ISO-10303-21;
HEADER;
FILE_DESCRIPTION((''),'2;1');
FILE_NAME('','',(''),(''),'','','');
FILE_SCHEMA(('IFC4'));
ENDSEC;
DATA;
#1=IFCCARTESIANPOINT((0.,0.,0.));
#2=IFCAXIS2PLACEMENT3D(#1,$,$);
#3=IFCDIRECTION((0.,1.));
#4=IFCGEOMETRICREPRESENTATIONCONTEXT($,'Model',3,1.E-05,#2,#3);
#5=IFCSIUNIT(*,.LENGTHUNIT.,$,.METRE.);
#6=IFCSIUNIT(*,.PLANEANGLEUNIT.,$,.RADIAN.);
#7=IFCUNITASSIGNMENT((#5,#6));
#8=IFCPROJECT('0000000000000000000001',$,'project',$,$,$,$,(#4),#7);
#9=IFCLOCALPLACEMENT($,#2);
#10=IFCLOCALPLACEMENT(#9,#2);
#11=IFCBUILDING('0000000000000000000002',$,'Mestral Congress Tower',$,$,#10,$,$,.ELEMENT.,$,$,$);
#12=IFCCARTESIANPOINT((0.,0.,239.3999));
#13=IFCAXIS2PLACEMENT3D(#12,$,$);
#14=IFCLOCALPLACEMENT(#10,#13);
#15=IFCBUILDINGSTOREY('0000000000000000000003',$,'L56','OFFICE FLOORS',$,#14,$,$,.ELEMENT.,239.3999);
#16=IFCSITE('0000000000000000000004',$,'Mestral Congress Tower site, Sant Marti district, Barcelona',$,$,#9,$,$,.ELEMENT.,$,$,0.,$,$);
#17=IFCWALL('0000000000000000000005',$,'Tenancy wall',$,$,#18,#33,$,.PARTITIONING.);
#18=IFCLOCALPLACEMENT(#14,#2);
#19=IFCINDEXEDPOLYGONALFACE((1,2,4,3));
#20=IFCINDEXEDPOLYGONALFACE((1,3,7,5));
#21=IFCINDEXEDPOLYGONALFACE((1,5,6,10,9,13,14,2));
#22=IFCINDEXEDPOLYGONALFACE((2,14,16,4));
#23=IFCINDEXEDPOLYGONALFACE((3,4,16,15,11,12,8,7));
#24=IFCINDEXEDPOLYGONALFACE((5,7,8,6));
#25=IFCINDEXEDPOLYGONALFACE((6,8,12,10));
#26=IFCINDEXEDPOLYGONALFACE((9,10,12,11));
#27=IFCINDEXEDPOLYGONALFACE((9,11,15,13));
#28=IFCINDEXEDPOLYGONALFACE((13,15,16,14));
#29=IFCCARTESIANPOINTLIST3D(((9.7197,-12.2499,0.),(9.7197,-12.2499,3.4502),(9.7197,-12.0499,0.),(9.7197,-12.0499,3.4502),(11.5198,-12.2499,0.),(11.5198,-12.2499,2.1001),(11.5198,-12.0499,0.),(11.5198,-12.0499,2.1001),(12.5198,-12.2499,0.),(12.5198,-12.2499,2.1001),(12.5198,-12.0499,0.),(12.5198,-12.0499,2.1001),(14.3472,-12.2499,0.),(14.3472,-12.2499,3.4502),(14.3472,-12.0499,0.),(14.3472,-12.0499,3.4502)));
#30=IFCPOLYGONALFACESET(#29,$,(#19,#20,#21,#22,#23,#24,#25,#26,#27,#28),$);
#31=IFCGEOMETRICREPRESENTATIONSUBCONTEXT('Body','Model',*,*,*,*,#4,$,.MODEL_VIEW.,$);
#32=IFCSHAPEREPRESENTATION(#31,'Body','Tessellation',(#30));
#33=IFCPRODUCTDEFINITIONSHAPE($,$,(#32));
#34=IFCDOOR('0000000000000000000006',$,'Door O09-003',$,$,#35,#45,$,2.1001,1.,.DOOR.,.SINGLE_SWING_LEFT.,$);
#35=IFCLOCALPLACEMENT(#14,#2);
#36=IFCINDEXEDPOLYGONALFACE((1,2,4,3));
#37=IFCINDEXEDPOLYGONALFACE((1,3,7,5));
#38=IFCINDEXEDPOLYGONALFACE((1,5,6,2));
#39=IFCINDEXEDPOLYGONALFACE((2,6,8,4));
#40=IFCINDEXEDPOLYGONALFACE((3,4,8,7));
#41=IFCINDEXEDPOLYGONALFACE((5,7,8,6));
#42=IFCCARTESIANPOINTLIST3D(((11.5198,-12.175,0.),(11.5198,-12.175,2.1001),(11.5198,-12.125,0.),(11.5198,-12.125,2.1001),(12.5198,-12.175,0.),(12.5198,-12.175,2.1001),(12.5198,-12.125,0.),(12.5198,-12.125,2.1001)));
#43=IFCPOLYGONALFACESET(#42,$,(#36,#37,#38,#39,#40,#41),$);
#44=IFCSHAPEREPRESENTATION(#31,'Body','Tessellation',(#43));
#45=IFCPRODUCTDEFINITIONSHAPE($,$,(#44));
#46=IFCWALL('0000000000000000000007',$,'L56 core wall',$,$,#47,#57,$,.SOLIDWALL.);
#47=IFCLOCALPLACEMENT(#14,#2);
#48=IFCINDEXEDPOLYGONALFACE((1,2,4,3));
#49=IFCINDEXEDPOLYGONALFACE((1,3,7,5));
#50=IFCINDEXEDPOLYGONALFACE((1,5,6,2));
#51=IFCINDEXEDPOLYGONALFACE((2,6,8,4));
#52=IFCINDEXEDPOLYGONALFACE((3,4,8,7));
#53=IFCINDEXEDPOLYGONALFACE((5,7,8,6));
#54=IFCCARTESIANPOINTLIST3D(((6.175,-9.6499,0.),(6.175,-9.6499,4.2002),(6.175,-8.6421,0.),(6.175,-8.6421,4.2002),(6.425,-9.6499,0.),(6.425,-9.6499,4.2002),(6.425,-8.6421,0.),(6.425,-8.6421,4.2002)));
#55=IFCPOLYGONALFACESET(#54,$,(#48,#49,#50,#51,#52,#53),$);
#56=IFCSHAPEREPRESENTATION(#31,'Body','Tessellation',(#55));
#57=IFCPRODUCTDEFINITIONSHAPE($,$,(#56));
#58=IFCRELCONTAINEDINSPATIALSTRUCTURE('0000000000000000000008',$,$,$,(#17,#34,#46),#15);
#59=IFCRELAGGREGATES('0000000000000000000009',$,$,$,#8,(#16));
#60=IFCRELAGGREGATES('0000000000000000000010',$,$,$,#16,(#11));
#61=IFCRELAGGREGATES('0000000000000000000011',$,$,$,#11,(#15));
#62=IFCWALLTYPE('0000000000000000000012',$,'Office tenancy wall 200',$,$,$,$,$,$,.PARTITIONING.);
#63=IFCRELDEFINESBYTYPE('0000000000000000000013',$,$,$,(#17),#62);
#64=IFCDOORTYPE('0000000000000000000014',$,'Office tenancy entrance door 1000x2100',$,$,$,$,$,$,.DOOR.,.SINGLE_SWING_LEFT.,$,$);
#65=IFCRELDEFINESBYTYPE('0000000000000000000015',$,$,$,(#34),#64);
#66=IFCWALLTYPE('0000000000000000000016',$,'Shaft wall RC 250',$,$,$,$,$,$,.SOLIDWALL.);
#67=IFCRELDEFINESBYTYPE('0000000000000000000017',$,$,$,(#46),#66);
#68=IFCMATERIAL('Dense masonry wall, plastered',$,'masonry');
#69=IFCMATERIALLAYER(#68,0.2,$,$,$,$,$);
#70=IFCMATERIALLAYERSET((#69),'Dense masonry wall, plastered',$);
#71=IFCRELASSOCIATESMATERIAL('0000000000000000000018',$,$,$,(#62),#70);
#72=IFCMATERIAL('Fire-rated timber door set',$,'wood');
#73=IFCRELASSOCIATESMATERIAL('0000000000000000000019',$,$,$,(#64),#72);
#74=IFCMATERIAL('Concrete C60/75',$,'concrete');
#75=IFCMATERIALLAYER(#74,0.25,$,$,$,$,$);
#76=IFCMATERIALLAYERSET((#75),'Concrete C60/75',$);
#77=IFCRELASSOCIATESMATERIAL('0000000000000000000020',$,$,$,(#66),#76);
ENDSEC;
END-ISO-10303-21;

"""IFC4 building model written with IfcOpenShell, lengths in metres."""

from ifc_helpers import new_model, si_unit, direction, frame, frame_2d, origin, place, context, subcontext, project, spatial, rectangle, extrude, material, layer, layer_set, type_object, element, fill, save


model = new_model("IFC4")

# Units and contexts
model_context = context("Model", 3, precision=1e-05, world=origin(), true_north=direction((0.0, 1.0)))
body_context = subcontext(model_context, "Body", "Model", "MODEL_VIEW")
ifc_project = project(units=[si_unit("LENGTHUNIT", "METRE"), si_unit("PLANEANGLEUNIT", "RADIAN")], contexts=[model_context])

# Site, building, storey
site_placement = place(None, origin())
site = spatial("IfcSite", under=ifc_project, at=site_placement, Name="Mestral Congress Tower site, Sant Marti district, Barcelona", CompositionType="ELEMENT", RefElevation=0.0)
building_placement = place(site_placement, origin())
building = spatial("IfcBuilding", under=site, at=building_placement, Name="Mestral Congress Tower", CompositionType="ELEMENT")
storey_placement = place(building_placement, frame((0.0, 0.0, 239.3999)))
storey = spatial("IfcBuildingStorey", under=building, at=storey_placement, Name="L56", Description="OFFICE FLOORS", CompositionType="ELEMENT", Elevation=239.3999)

# Shared definitions
ifc_material_1 = material(Name="Concrete C60/75", Category="concrete")

# Shared definitions
ifc_material_2 = material(Name="Dense masonry wall, plastered", Category="masonry")
ifc_layer_1 = layer(ifc_material_2, 0.2)
ifc_layer_set_1 = layer_set([ifc_layer_1], Name="Dense masonry wall, plastered")
wall_type_1 = type_object("IfcWallType", Name="Office tenancy wall 200", PredefinedType="PARTITIONING", material=ifc_layer_set_1)

# Wall, opening, door
wall_1_placement = place(storey_placement, frame((9.7197, -12.1499, 0.0), z_axis=(0.0, 0.0, 1.0), x_axis=(1.0, 0.0, 0.0)))
wall_1 = element("IfcWall", 1, at=wall_1_placement, inside=storey, type_object=wall_type_1, Name="Tenancy wall", PredefinedType="PARTITIONING", context=body_context, shape_type="SweptSolid", body=[
    extrude(rectangle(XDim=4.6274, YDim=0.2, at=frame_2d((2.3137, 0.0))), origin(), (0.0, 0.0, 1.0), 3.4502),
])
opening_1_placement = place(wall_1_placement, frame((1.8, 0.0, 0.0)))
opening_1 = element("IfcOpeningElement", 2, at=opening_1_placement, cuts=wall_1, PredefinedType="OPENING", context=body_context, shape_type="SweptSolid", body=[
    extrude(rectangle(XDim=1.0, YDim=2.1001, at=frame_2d((0.5, 1.05))), frame((0.0, 0.1099, 0.0), z_axis=(0.0, -1.0, 0.0), x_axis=(1.0, 0.0, 0.0)), (0.0, 0.0, 1.0), 0.22),
])
ifc_material_3 = material(Name="Fire-rated timber door set", Category="wood")
door_type_1 = type_object("IfcDoorType", Name="Office tenancy entrance door 1000x2100", OperationType="SINGLE_SWING_LEFT", PredefinedType="DOOR", material=ifc_material_3)
door_1_placement = place(opening_1_placement, origin())
door_1 = element("IfcDoor", 3, at=door_1_placement, inside=storey, type_object=door_type_1, Name="Door O09-003", OperationType="SINGLE_SWING_LEFT", OverallHeight=2.1001, OverallWidth=1.0, PredefinedType="DOOR", context=body_context, shape_type="SweptSolid", body=[
    extrude(rectangle(XDim=1.0, YDim=2.1001, at=frame_2d((0.5, 1.05))), frame((0.0, 0.0249, 0.0), z_axis=(0.0, -1.0, 0.0), x_axis=(1.0, 0.0, 0.0)), (0.0, 0.0, 1.0), 0.05),
])
fill(opening_1, door_1)

# Wall
ifc_layer_2 = layer(ifc_material_1, 0.25)
ifc_layer_set_2 = layer_set([ifc_layer_2], Name="Concrete C60/75")
wall_type_2 = type_object("IfcWallType", Name="Shaft wall RC 250", PredefinedType="SOLIDWALL", material=ifc_layer_set_2)
wall_2_placement = place(storey_placement, frame((6.3, -9.6499, 0.0), z_axis=(0.0, 0.0, 1.0), x_axis=(0.0, 1.0, 0.0)))
element("IfcWall", 4, at=wall_2_placement, inside=storey, type_object=wall_type_2, Name="L56 core wall", PredefinedType="SOLIDWALL", context=body_context, shape_type="SweptSolid", body=[
    extrude(rectangle(XDim=1.0078, YDim=0.25, at=frame_2d((0.5039, 0.0))), origin(), (0.0, 0.0, 1.0), 4.2002),
])

save(model, "model.ifc")
